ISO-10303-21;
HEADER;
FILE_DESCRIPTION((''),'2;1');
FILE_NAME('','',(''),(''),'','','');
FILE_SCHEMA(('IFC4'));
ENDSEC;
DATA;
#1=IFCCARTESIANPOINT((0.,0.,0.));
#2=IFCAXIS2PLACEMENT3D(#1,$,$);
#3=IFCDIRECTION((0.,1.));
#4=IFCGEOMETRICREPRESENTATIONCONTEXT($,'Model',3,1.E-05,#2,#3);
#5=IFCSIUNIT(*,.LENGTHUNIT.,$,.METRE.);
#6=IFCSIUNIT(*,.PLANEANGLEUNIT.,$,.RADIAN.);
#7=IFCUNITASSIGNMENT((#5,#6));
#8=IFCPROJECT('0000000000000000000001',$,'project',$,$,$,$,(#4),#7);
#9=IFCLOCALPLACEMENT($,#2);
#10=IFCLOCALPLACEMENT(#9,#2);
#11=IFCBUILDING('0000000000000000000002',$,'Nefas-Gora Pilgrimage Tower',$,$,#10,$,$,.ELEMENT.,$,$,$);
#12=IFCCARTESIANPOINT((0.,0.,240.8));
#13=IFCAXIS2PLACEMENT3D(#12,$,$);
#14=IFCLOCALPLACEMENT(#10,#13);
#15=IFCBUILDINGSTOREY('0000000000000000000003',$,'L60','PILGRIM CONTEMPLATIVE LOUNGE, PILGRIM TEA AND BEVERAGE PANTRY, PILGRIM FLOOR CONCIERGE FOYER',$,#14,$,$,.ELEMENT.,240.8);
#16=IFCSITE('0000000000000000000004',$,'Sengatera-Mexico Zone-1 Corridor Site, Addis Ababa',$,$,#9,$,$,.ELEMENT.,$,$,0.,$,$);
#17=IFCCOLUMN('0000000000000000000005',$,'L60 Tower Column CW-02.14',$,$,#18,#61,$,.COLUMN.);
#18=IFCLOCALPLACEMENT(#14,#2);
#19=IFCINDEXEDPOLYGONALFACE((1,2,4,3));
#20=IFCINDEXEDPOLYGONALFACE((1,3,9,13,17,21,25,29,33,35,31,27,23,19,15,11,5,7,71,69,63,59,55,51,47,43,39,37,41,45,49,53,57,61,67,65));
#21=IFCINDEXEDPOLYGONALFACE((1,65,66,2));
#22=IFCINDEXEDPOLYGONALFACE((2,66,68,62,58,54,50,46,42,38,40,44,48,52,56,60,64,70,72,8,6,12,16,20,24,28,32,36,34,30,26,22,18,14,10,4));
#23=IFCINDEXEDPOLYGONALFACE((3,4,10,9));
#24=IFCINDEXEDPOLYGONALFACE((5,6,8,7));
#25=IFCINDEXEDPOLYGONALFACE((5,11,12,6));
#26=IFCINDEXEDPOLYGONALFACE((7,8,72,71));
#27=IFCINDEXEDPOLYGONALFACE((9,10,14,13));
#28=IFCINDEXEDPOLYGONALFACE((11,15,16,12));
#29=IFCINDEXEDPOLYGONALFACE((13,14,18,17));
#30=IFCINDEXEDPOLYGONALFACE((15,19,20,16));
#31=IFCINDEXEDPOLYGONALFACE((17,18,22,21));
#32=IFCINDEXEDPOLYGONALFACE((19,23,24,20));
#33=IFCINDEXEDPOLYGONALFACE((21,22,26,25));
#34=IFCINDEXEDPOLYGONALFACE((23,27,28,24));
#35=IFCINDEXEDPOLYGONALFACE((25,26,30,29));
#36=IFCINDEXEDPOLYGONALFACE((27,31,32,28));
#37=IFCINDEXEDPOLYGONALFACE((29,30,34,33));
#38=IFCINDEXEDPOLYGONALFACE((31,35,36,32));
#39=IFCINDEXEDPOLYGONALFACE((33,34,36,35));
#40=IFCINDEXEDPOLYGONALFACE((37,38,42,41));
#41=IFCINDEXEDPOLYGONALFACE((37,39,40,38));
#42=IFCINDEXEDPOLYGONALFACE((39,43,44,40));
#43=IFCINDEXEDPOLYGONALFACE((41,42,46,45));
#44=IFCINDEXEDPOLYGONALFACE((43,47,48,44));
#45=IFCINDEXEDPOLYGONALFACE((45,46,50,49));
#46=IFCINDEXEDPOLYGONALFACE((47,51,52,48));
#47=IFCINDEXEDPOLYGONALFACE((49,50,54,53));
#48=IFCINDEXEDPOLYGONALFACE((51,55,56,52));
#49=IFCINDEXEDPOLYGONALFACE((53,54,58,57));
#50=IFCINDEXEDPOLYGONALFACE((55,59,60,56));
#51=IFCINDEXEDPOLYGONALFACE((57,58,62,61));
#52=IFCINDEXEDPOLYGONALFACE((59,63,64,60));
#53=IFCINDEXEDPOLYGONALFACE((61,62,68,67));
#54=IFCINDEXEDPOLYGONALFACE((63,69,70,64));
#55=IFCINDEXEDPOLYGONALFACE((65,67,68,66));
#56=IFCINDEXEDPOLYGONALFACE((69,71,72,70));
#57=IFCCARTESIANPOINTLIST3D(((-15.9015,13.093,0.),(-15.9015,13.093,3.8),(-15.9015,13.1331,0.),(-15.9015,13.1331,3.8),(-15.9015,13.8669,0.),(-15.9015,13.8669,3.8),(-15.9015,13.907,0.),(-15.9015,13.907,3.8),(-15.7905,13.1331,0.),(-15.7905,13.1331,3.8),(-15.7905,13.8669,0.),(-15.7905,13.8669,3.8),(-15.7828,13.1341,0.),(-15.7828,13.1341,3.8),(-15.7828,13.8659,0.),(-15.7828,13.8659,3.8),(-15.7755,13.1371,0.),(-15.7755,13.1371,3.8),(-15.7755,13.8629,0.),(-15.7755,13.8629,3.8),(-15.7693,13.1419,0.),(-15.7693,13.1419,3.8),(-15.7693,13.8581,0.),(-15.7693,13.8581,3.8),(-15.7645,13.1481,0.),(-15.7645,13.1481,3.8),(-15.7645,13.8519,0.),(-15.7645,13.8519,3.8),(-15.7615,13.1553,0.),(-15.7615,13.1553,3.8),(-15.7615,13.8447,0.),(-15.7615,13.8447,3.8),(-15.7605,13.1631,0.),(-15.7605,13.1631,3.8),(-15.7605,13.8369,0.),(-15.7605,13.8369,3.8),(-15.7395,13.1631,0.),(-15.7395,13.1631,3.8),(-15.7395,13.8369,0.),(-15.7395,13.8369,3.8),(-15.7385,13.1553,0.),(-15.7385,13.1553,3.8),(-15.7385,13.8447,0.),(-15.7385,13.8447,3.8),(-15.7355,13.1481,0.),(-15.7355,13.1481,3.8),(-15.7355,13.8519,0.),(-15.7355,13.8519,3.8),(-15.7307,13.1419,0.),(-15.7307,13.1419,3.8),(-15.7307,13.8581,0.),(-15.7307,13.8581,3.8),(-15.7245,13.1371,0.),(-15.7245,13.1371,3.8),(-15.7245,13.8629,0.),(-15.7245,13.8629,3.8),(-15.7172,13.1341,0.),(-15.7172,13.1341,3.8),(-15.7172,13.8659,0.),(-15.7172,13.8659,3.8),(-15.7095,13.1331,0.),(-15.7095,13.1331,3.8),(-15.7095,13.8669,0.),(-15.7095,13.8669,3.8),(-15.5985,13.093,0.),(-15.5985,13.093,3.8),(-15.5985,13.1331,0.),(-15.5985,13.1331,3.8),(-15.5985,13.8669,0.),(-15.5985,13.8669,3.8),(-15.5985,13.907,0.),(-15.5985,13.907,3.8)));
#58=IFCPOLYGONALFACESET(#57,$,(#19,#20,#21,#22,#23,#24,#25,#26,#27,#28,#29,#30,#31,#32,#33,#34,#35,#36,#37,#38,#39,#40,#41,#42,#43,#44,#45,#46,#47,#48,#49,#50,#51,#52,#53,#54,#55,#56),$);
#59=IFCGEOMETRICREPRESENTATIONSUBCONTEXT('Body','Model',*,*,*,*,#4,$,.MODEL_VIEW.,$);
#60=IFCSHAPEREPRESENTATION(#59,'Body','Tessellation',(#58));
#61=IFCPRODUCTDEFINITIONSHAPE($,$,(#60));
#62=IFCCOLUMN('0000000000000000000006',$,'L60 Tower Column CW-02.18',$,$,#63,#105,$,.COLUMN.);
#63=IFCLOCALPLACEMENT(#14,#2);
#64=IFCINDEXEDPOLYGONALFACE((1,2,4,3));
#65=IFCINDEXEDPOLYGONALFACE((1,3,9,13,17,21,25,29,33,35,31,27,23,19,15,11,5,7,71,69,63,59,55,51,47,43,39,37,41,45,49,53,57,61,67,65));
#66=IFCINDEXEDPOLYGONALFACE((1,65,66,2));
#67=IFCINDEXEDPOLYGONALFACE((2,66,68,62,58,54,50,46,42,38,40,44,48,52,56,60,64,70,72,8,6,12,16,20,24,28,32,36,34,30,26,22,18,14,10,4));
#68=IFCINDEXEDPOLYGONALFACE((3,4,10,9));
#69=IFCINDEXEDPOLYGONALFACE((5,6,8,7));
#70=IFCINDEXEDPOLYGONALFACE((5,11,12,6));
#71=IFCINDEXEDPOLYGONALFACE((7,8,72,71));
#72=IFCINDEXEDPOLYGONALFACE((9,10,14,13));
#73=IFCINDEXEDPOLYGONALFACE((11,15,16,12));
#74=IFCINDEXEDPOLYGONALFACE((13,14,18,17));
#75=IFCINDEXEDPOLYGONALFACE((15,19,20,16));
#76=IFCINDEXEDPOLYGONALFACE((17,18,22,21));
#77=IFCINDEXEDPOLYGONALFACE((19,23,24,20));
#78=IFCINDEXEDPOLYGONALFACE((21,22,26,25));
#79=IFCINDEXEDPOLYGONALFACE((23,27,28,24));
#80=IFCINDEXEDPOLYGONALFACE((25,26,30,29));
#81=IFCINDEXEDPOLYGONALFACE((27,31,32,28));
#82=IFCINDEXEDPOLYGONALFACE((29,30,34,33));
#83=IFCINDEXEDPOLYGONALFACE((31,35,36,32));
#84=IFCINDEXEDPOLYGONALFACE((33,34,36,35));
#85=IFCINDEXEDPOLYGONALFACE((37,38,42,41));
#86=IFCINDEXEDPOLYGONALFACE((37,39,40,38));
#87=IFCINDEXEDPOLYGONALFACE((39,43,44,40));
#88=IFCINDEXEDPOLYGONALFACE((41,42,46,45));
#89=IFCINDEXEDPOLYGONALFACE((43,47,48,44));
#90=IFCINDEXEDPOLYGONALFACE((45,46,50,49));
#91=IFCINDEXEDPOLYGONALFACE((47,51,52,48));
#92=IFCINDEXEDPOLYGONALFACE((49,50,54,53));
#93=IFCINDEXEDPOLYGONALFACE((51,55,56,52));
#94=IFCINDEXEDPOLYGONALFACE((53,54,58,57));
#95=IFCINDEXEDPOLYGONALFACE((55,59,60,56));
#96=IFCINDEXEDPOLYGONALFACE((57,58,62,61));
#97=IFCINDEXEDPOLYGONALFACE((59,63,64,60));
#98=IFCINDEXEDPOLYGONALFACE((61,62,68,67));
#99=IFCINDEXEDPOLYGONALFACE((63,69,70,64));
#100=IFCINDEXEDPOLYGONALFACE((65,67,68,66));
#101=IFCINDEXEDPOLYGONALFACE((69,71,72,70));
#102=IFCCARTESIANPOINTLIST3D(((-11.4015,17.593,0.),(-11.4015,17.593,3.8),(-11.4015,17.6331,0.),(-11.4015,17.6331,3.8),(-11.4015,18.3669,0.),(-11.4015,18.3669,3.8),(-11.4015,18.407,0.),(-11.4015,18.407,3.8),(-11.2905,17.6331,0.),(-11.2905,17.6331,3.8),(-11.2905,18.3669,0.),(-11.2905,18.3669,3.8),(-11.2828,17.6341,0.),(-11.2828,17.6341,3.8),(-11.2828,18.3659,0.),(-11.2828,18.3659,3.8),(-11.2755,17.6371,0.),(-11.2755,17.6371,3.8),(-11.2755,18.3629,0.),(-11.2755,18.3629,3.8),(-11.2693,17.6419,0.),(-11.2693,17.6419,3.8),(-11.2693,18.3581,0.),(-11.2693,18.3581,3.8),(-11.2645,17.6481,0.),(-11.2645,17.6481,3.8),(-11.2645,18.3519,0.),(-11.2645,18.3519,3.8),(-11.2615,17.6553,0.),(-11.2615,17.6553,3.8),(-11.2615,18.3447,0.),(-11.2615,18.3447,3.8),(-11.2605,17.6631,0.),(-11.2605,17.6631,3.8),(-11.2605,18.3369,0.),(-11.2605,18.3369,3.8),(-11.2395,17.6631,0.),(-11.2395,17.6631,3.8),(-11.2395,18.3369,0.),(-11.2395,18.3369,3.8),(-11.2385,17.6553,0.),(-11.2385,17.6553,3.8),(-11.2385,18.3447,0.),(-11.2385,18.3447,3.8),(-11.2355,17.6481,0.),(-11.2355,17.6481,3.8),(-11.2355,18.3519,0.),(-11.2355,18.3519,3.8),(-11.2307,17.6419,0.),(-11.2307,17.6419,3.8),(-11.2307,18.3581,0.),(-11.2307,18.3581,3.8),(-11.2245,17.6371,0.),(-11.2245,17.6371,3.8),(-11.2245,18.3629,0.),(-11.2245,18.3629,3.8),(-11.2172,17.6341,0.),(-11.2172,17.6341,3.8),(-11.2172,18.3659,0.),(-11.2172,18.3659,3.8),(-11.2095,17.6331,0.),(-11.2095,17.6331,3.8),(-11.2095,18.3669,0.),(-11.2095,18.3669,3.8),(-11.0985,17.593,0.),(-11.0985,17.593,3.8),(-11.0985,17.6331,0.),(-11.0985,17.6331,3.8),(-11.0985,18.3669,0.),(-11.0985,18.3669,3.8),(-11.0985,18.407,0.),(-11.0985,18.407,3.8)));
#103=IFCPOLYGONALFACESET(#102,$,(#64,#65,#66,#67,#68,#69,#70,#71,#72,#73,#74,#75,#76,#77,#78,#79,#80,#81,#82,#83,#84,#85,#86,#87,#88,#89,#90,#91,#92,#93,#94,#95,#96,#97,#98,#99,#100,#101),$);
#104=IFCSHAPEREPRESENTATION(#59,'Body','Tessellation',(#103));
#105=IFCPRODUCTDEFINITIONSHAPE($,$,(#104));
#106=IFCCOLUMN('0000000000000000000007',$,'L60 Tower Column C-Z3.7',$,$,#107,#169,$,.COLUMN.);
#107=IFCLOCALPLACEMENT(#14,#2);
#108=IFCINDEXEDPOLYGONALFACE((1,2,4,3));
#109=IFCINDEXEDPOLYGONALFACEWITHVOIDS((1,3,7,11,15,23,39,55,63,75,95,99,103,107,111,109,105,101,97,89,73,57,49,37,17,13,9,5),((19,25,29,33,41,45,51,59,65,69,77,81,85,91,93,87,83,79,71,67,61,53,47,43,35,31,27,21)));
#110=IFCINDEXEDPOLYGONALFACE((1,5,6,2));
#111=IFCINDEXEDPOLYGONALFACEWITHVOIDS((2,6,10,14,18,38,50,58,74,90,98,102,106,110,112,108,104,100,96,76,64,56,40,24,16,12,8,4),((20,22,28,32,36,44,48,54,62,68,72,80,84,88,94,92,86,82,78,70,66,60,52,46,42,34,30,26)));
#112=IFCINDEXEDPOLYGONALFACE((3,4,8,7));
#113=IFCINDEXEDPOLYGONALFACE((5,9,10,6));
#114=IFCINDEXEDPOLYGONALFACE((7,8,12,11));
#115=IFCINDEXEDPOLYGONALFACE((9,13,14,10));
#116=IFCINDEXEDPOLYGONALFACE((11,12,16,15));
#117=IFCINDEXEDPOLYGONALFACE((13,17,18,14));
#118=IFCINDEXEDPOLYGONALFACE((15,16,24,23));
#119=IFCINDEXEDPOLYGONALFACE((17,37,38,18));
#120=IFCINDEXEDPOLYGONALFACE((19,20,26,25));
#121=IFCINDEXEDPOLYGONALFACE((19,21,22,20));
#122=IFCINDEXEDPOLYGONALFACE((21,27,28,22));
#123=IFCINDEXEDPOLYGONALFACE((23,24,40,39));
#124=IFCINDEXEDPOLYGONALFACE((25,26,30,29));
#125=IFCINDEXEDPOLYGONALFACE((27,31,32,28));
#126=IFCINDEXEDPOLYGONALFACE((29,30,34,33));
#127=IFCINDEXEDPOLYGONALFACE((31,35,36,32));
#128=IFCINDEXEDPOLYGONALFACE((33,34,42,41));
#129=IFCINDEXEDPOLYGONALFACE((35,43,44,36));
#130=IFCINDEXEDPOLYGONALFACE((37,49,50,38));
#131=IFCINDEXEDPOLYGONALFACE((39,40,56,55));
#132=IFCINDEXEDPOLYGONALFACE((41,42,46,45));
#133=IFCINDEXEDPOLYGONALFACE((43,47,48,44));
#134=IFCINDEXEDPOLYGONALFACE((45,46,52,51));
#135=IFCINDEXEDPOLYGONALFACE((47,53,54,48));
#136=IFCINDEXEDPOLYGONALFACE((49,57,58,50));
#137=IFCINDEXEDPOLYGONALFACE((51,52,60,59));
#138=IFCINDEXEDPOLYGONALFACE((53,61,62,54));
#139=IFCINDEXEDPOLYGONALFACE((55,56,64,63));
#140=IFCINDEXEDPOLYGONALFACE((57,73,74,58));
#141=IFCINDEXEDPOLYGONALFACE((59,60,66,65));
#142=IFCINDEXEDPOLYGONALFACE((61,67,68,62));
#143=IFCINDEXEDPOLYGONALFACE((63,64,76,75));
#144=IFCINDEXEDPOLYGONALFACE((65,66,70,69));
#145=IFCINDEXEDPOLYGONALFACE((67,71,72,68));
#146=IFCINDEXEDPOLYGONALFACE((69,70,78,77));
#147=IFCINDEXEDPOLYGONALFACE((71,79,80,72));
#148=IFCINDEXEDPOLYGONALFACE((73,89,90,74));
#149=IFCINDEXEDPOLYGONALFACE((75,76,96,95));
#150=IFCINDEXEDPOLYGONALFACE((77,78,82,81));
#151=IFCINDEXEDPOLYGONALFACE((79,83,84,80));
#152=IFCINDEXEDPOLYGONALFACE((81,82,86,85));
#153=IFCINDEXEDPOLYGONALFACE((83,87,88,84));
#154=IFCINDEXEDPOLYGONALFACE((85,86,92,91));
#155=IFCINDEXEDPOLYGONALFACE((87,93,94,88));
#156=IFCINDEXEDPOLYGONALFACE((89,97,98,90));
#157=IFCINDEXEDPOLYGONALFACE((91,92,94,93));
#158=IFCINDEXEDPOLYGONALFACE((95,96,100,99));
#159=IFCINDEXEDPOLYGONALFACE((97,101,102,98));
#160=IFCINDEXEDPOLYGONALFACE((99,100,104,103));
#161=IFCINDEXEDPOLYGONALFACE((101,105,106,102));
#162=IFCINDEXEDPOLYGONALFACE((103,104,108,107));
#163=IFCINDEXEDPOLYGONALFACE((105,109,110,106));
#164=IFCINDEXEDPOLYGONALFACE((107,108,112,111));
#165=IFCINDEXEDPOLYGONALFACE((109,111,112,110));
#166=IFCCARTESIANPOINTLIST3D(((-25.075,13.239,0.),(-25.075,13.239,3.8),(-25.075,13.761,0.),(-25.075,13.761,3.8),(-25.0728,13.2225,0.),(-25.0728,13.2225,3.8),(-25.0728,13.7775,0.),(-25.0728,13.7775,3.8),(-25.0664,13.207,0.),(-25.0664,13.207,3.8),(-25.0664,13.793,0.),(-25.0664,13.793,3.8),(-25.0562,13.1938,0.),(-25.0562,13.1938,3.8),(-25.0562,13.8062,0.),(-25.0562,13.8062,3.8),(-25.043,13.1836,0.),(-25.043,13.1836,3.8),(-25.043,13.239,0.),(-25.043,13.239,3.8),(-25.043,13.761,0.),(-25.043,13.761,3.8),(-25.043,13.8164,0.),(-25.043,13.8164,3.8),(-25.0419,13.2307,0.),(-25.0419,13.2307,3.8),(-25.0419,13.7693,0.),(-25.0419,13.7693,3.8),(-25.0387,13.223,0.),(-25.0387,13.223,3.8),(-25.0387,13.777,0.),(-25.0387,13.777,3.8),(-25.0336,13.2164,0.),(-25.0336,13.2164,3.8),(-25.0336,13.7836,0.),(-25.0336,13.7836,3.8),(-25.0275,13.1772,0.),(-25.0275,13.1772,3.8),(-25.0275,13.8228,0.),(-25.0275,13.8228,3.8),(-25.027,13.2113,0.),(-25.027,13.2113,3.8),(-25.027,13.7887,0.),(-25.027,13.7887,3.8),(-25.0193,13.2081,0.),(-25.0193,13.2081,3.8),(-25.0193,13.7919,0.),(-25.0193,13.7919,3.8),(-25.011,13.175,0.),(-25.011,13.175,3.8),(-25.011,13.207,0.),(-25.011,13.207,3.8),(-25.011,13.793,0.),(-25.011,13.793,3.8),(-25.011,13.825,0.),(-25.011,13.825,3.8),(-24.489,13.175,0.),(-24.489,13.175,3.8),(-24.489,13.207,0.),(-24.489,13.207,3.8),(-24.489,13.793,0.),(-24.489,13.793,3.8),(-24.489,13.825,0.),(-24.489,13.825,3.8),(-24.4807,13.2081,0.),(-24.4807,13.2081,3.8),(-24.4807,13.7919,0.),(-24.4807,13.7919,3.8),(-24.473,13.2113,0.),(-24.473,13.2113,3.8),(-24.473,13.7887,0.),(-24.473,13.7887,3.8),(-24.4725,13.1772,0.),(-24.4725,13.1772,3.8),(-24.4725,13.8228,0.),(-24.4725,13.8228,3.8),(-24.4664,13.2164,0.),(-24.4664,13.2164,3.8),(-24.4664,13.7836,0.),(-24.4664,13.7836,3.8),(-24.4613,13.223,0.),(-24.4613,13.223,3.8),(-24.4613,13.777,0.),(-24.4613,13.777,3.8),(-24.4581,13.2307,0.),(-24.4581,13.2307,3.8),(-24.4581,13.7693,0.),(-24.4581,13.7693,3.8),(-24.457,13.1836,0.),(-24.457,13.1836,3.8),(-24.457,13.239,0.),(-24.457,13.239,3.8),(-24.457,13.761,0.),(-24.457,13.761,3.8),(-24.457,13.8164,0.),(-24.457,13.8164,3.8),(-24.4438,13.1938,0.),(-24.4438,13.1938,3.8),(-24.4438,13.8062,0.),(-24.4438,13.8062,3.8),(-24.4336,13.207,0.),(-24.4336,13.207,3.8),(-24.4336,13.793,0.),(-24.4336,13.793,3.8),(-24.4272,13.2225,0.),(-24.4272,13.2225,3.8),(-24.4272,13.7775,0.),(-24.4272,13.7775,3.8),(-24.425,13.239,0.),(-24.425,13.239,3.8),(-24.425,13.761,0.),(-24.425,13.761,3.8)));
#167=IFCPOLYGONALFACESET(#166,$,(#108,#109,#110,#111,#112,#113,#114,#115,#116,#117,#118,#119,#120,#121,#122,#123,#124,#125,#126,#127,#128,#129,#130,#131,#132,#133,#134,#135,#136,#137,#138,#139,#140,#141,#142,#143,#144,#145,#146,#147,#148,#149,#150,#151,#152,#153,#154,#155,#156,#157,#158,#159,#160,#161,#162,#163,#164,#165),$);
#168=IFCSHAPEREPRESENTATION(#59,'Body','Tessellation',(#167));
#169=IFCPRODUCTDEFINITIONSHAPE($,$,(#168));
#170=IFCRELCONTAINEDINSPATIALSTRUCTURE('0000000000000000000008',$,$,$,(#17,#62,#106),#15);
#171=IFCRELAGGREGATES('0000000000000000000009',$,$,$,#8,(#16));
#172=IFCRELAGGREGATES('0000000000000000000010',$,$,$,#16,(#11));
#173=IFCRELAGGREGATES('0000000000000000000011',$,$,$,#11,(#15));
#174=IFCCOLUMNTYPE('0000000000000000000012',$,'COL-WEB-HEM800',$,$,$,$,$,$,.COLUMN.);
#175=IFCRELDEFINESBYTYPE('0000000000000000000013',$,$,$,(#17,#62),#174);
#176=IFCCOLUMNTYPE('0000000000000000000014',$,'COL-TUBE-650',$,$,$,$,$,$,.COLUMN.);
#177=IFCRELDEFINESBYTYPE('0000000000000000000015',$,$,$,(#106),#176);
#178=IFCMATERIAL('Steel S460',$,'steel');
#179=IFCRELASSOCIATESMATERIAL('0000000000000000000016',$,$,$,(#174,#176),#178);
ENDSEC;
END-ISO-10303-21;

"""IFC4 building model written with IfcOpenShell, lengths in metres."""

from ifc_helpers import new_model, si_unit, direction, frame, origin, origin_2d, place, context, subcontext, project, spatial, hollow_rectangle, i_section, extrude, source, transform, mapped, material, material_profile, profile_set, type_object, element, save


model = new_model("IFC4")

# Units and contexts
model_context = context("Model", 3, precision=1e-05, world=origin(), true_north=direction((0.0, 1.0)))
body_context = subcontext(model_context, "Body", "Model", "MODEL_VIEW")
ifc_project = project(units=[si_unit("LENGTHUNIT", "METRE"), si_unit("PLANEANGLEUNIT", "RADIAN")], contexts=[model_context])

# Site, building, storey
site_placement = place(None, origin())
site = spatial("IfcSite", under=ifc_project, at=site_placement, Name="Sengatera-Mexico Zone-1 Corridor Site, Addis Ababa", CompositionType="ELEMENT", RefElevation=0.0)
building_placement = place(site_placement, origin())
building = spatial("IfcBuilding", under=site, at=building_placement, Name="Nefas-Gora Pilgrimage Tower", CompositionType="ELEMENT")
storey_placement = place(building_placement, frame((0.0, 0.0, 240.8)))
storey = spatial("IfcBuildingStorey", under=building, at=storey_placement, Name="L60", Description="PILGRIM CONTEMPLATIVE LOUNGE, PILGRIM TEA AND BEVERAGE PANTRY, PILGRIM FLOOR CONCIERGE FOYER", CompositionType="ELEMENT", Elevation=240.8)

# Columns
ifc_material_1 = material(Name="Steel S460", Category="steel")
ifc_material_profile_1 = material_profile(ifc_material_1, i_section(OverallWidth=0.303, OverallDepth=0.814, WebThickness=0.021, FlangeThickness=0.04, FilletRadius=0.03, at=origin_2d()), Name="HEM 800")
ifc_profile_set_1 = profile_set([ifc_material_profile_1], Name="Steel S460")
column_type_1 = type_object("IfcColumnType", Name="COL-WEB-HEM800", PredefinedType="COLUMN", material=ifc_profile_set_1)
shared_shape_1 = source(origin(), body_context, "Body", "SweptSolid", [
    extrude(i_section(OverallWidth=0.303, OverallDepth=0.814, WebThickness=0.021, FlangeThickness=0.04, FilletRadius=0.03, at=origin_2d()), origin(), (0.0, 0.0, 1.0), 3.8),
])
for number, where, z_axis, x_axis, name in (
    (1, (-15.75, 13.5, 0.0), (0.0, 0.0, 1.0), (1.0, 0.0, 0.0), "L60 Tower Column CW-02.14"),
    (2, (-11.25, 18.0, 0.0), (0.0, 0.0, 1.0), (1.0, 0.0, 0.0), "L60 Tower Column CW-02.18"),
):
    element("IfcColumn", number, at=place(storey_placement, frame(where, z_axis=z_axis, x_axis=x_axis)), inside=storey, type_object=column_type_1, Name=name, PredefinedType="COLUMN", context=body_context, shape_type="MappedRepresentation", body=[
        mapped(shared_shape_1, transform((0.0, 0.0, 0.0), x_axis=(1.0, 0.0, 0.0), y_axis=(0.0, 1.0, 0.0), z_axis=(0.0, 0.0, 1.0), scale=1.0)),
    ])
ifc_material_profile_2 = material_profile(ifc_material_1, hollow_rectangle(XDim=0.6499, YDim=0.6499, WallThickness=0.032, InnerFilletRadius=0.032, OuterFilletRadius=0.064, at=origin_2d()), Name="BOX 650x650x32")
ifc_profile_set_2 = profile_set([ifc_material_profile_2], Name="Steel S460")
column_type_2 = type_object("IfcColumnType", Name="COL-TUBE-650", PredefinedType="COLUMN", material=ifc_profile_set_2)
shared_shape_2 = source(origin(), body_context, "Body", "SweptSolid", [
    extrude(hollow_rectangle(XDim=0.6499, YDim=0.6499, WallThickness=0.032, InnerFilletRadius=0.032, OuterFilletRadius=0.064, at=origin_2d()), origin(), (0.0, 0.0, 1.0), 3.8),
])
column_placement = place(storey_placement, frame((-24.75, 13.5, 0.0), z_axis=(0.0, 0.0, 1.0), x_axis=(1.0, 0.0, 0.0)))
element("IfcColumn", 3, at=column_placement, inside=storey, type_object=column_type_2, Name="L60 Tower Column C-Z3.7", PredefinedType="COLUMN", context=body_context, shape_type="MappedRepresentation", body=[
    mapped(shared_shape_2, transform((0.0, 0.0, 0.0), x_axis=(1.0, 0.0, 0.0), y_axis=(0.0, 1.0, 0.0), z_axis=(0.0, 0.0, 1.0), scale=1.0)),
])

save(model, "model.ifc")
